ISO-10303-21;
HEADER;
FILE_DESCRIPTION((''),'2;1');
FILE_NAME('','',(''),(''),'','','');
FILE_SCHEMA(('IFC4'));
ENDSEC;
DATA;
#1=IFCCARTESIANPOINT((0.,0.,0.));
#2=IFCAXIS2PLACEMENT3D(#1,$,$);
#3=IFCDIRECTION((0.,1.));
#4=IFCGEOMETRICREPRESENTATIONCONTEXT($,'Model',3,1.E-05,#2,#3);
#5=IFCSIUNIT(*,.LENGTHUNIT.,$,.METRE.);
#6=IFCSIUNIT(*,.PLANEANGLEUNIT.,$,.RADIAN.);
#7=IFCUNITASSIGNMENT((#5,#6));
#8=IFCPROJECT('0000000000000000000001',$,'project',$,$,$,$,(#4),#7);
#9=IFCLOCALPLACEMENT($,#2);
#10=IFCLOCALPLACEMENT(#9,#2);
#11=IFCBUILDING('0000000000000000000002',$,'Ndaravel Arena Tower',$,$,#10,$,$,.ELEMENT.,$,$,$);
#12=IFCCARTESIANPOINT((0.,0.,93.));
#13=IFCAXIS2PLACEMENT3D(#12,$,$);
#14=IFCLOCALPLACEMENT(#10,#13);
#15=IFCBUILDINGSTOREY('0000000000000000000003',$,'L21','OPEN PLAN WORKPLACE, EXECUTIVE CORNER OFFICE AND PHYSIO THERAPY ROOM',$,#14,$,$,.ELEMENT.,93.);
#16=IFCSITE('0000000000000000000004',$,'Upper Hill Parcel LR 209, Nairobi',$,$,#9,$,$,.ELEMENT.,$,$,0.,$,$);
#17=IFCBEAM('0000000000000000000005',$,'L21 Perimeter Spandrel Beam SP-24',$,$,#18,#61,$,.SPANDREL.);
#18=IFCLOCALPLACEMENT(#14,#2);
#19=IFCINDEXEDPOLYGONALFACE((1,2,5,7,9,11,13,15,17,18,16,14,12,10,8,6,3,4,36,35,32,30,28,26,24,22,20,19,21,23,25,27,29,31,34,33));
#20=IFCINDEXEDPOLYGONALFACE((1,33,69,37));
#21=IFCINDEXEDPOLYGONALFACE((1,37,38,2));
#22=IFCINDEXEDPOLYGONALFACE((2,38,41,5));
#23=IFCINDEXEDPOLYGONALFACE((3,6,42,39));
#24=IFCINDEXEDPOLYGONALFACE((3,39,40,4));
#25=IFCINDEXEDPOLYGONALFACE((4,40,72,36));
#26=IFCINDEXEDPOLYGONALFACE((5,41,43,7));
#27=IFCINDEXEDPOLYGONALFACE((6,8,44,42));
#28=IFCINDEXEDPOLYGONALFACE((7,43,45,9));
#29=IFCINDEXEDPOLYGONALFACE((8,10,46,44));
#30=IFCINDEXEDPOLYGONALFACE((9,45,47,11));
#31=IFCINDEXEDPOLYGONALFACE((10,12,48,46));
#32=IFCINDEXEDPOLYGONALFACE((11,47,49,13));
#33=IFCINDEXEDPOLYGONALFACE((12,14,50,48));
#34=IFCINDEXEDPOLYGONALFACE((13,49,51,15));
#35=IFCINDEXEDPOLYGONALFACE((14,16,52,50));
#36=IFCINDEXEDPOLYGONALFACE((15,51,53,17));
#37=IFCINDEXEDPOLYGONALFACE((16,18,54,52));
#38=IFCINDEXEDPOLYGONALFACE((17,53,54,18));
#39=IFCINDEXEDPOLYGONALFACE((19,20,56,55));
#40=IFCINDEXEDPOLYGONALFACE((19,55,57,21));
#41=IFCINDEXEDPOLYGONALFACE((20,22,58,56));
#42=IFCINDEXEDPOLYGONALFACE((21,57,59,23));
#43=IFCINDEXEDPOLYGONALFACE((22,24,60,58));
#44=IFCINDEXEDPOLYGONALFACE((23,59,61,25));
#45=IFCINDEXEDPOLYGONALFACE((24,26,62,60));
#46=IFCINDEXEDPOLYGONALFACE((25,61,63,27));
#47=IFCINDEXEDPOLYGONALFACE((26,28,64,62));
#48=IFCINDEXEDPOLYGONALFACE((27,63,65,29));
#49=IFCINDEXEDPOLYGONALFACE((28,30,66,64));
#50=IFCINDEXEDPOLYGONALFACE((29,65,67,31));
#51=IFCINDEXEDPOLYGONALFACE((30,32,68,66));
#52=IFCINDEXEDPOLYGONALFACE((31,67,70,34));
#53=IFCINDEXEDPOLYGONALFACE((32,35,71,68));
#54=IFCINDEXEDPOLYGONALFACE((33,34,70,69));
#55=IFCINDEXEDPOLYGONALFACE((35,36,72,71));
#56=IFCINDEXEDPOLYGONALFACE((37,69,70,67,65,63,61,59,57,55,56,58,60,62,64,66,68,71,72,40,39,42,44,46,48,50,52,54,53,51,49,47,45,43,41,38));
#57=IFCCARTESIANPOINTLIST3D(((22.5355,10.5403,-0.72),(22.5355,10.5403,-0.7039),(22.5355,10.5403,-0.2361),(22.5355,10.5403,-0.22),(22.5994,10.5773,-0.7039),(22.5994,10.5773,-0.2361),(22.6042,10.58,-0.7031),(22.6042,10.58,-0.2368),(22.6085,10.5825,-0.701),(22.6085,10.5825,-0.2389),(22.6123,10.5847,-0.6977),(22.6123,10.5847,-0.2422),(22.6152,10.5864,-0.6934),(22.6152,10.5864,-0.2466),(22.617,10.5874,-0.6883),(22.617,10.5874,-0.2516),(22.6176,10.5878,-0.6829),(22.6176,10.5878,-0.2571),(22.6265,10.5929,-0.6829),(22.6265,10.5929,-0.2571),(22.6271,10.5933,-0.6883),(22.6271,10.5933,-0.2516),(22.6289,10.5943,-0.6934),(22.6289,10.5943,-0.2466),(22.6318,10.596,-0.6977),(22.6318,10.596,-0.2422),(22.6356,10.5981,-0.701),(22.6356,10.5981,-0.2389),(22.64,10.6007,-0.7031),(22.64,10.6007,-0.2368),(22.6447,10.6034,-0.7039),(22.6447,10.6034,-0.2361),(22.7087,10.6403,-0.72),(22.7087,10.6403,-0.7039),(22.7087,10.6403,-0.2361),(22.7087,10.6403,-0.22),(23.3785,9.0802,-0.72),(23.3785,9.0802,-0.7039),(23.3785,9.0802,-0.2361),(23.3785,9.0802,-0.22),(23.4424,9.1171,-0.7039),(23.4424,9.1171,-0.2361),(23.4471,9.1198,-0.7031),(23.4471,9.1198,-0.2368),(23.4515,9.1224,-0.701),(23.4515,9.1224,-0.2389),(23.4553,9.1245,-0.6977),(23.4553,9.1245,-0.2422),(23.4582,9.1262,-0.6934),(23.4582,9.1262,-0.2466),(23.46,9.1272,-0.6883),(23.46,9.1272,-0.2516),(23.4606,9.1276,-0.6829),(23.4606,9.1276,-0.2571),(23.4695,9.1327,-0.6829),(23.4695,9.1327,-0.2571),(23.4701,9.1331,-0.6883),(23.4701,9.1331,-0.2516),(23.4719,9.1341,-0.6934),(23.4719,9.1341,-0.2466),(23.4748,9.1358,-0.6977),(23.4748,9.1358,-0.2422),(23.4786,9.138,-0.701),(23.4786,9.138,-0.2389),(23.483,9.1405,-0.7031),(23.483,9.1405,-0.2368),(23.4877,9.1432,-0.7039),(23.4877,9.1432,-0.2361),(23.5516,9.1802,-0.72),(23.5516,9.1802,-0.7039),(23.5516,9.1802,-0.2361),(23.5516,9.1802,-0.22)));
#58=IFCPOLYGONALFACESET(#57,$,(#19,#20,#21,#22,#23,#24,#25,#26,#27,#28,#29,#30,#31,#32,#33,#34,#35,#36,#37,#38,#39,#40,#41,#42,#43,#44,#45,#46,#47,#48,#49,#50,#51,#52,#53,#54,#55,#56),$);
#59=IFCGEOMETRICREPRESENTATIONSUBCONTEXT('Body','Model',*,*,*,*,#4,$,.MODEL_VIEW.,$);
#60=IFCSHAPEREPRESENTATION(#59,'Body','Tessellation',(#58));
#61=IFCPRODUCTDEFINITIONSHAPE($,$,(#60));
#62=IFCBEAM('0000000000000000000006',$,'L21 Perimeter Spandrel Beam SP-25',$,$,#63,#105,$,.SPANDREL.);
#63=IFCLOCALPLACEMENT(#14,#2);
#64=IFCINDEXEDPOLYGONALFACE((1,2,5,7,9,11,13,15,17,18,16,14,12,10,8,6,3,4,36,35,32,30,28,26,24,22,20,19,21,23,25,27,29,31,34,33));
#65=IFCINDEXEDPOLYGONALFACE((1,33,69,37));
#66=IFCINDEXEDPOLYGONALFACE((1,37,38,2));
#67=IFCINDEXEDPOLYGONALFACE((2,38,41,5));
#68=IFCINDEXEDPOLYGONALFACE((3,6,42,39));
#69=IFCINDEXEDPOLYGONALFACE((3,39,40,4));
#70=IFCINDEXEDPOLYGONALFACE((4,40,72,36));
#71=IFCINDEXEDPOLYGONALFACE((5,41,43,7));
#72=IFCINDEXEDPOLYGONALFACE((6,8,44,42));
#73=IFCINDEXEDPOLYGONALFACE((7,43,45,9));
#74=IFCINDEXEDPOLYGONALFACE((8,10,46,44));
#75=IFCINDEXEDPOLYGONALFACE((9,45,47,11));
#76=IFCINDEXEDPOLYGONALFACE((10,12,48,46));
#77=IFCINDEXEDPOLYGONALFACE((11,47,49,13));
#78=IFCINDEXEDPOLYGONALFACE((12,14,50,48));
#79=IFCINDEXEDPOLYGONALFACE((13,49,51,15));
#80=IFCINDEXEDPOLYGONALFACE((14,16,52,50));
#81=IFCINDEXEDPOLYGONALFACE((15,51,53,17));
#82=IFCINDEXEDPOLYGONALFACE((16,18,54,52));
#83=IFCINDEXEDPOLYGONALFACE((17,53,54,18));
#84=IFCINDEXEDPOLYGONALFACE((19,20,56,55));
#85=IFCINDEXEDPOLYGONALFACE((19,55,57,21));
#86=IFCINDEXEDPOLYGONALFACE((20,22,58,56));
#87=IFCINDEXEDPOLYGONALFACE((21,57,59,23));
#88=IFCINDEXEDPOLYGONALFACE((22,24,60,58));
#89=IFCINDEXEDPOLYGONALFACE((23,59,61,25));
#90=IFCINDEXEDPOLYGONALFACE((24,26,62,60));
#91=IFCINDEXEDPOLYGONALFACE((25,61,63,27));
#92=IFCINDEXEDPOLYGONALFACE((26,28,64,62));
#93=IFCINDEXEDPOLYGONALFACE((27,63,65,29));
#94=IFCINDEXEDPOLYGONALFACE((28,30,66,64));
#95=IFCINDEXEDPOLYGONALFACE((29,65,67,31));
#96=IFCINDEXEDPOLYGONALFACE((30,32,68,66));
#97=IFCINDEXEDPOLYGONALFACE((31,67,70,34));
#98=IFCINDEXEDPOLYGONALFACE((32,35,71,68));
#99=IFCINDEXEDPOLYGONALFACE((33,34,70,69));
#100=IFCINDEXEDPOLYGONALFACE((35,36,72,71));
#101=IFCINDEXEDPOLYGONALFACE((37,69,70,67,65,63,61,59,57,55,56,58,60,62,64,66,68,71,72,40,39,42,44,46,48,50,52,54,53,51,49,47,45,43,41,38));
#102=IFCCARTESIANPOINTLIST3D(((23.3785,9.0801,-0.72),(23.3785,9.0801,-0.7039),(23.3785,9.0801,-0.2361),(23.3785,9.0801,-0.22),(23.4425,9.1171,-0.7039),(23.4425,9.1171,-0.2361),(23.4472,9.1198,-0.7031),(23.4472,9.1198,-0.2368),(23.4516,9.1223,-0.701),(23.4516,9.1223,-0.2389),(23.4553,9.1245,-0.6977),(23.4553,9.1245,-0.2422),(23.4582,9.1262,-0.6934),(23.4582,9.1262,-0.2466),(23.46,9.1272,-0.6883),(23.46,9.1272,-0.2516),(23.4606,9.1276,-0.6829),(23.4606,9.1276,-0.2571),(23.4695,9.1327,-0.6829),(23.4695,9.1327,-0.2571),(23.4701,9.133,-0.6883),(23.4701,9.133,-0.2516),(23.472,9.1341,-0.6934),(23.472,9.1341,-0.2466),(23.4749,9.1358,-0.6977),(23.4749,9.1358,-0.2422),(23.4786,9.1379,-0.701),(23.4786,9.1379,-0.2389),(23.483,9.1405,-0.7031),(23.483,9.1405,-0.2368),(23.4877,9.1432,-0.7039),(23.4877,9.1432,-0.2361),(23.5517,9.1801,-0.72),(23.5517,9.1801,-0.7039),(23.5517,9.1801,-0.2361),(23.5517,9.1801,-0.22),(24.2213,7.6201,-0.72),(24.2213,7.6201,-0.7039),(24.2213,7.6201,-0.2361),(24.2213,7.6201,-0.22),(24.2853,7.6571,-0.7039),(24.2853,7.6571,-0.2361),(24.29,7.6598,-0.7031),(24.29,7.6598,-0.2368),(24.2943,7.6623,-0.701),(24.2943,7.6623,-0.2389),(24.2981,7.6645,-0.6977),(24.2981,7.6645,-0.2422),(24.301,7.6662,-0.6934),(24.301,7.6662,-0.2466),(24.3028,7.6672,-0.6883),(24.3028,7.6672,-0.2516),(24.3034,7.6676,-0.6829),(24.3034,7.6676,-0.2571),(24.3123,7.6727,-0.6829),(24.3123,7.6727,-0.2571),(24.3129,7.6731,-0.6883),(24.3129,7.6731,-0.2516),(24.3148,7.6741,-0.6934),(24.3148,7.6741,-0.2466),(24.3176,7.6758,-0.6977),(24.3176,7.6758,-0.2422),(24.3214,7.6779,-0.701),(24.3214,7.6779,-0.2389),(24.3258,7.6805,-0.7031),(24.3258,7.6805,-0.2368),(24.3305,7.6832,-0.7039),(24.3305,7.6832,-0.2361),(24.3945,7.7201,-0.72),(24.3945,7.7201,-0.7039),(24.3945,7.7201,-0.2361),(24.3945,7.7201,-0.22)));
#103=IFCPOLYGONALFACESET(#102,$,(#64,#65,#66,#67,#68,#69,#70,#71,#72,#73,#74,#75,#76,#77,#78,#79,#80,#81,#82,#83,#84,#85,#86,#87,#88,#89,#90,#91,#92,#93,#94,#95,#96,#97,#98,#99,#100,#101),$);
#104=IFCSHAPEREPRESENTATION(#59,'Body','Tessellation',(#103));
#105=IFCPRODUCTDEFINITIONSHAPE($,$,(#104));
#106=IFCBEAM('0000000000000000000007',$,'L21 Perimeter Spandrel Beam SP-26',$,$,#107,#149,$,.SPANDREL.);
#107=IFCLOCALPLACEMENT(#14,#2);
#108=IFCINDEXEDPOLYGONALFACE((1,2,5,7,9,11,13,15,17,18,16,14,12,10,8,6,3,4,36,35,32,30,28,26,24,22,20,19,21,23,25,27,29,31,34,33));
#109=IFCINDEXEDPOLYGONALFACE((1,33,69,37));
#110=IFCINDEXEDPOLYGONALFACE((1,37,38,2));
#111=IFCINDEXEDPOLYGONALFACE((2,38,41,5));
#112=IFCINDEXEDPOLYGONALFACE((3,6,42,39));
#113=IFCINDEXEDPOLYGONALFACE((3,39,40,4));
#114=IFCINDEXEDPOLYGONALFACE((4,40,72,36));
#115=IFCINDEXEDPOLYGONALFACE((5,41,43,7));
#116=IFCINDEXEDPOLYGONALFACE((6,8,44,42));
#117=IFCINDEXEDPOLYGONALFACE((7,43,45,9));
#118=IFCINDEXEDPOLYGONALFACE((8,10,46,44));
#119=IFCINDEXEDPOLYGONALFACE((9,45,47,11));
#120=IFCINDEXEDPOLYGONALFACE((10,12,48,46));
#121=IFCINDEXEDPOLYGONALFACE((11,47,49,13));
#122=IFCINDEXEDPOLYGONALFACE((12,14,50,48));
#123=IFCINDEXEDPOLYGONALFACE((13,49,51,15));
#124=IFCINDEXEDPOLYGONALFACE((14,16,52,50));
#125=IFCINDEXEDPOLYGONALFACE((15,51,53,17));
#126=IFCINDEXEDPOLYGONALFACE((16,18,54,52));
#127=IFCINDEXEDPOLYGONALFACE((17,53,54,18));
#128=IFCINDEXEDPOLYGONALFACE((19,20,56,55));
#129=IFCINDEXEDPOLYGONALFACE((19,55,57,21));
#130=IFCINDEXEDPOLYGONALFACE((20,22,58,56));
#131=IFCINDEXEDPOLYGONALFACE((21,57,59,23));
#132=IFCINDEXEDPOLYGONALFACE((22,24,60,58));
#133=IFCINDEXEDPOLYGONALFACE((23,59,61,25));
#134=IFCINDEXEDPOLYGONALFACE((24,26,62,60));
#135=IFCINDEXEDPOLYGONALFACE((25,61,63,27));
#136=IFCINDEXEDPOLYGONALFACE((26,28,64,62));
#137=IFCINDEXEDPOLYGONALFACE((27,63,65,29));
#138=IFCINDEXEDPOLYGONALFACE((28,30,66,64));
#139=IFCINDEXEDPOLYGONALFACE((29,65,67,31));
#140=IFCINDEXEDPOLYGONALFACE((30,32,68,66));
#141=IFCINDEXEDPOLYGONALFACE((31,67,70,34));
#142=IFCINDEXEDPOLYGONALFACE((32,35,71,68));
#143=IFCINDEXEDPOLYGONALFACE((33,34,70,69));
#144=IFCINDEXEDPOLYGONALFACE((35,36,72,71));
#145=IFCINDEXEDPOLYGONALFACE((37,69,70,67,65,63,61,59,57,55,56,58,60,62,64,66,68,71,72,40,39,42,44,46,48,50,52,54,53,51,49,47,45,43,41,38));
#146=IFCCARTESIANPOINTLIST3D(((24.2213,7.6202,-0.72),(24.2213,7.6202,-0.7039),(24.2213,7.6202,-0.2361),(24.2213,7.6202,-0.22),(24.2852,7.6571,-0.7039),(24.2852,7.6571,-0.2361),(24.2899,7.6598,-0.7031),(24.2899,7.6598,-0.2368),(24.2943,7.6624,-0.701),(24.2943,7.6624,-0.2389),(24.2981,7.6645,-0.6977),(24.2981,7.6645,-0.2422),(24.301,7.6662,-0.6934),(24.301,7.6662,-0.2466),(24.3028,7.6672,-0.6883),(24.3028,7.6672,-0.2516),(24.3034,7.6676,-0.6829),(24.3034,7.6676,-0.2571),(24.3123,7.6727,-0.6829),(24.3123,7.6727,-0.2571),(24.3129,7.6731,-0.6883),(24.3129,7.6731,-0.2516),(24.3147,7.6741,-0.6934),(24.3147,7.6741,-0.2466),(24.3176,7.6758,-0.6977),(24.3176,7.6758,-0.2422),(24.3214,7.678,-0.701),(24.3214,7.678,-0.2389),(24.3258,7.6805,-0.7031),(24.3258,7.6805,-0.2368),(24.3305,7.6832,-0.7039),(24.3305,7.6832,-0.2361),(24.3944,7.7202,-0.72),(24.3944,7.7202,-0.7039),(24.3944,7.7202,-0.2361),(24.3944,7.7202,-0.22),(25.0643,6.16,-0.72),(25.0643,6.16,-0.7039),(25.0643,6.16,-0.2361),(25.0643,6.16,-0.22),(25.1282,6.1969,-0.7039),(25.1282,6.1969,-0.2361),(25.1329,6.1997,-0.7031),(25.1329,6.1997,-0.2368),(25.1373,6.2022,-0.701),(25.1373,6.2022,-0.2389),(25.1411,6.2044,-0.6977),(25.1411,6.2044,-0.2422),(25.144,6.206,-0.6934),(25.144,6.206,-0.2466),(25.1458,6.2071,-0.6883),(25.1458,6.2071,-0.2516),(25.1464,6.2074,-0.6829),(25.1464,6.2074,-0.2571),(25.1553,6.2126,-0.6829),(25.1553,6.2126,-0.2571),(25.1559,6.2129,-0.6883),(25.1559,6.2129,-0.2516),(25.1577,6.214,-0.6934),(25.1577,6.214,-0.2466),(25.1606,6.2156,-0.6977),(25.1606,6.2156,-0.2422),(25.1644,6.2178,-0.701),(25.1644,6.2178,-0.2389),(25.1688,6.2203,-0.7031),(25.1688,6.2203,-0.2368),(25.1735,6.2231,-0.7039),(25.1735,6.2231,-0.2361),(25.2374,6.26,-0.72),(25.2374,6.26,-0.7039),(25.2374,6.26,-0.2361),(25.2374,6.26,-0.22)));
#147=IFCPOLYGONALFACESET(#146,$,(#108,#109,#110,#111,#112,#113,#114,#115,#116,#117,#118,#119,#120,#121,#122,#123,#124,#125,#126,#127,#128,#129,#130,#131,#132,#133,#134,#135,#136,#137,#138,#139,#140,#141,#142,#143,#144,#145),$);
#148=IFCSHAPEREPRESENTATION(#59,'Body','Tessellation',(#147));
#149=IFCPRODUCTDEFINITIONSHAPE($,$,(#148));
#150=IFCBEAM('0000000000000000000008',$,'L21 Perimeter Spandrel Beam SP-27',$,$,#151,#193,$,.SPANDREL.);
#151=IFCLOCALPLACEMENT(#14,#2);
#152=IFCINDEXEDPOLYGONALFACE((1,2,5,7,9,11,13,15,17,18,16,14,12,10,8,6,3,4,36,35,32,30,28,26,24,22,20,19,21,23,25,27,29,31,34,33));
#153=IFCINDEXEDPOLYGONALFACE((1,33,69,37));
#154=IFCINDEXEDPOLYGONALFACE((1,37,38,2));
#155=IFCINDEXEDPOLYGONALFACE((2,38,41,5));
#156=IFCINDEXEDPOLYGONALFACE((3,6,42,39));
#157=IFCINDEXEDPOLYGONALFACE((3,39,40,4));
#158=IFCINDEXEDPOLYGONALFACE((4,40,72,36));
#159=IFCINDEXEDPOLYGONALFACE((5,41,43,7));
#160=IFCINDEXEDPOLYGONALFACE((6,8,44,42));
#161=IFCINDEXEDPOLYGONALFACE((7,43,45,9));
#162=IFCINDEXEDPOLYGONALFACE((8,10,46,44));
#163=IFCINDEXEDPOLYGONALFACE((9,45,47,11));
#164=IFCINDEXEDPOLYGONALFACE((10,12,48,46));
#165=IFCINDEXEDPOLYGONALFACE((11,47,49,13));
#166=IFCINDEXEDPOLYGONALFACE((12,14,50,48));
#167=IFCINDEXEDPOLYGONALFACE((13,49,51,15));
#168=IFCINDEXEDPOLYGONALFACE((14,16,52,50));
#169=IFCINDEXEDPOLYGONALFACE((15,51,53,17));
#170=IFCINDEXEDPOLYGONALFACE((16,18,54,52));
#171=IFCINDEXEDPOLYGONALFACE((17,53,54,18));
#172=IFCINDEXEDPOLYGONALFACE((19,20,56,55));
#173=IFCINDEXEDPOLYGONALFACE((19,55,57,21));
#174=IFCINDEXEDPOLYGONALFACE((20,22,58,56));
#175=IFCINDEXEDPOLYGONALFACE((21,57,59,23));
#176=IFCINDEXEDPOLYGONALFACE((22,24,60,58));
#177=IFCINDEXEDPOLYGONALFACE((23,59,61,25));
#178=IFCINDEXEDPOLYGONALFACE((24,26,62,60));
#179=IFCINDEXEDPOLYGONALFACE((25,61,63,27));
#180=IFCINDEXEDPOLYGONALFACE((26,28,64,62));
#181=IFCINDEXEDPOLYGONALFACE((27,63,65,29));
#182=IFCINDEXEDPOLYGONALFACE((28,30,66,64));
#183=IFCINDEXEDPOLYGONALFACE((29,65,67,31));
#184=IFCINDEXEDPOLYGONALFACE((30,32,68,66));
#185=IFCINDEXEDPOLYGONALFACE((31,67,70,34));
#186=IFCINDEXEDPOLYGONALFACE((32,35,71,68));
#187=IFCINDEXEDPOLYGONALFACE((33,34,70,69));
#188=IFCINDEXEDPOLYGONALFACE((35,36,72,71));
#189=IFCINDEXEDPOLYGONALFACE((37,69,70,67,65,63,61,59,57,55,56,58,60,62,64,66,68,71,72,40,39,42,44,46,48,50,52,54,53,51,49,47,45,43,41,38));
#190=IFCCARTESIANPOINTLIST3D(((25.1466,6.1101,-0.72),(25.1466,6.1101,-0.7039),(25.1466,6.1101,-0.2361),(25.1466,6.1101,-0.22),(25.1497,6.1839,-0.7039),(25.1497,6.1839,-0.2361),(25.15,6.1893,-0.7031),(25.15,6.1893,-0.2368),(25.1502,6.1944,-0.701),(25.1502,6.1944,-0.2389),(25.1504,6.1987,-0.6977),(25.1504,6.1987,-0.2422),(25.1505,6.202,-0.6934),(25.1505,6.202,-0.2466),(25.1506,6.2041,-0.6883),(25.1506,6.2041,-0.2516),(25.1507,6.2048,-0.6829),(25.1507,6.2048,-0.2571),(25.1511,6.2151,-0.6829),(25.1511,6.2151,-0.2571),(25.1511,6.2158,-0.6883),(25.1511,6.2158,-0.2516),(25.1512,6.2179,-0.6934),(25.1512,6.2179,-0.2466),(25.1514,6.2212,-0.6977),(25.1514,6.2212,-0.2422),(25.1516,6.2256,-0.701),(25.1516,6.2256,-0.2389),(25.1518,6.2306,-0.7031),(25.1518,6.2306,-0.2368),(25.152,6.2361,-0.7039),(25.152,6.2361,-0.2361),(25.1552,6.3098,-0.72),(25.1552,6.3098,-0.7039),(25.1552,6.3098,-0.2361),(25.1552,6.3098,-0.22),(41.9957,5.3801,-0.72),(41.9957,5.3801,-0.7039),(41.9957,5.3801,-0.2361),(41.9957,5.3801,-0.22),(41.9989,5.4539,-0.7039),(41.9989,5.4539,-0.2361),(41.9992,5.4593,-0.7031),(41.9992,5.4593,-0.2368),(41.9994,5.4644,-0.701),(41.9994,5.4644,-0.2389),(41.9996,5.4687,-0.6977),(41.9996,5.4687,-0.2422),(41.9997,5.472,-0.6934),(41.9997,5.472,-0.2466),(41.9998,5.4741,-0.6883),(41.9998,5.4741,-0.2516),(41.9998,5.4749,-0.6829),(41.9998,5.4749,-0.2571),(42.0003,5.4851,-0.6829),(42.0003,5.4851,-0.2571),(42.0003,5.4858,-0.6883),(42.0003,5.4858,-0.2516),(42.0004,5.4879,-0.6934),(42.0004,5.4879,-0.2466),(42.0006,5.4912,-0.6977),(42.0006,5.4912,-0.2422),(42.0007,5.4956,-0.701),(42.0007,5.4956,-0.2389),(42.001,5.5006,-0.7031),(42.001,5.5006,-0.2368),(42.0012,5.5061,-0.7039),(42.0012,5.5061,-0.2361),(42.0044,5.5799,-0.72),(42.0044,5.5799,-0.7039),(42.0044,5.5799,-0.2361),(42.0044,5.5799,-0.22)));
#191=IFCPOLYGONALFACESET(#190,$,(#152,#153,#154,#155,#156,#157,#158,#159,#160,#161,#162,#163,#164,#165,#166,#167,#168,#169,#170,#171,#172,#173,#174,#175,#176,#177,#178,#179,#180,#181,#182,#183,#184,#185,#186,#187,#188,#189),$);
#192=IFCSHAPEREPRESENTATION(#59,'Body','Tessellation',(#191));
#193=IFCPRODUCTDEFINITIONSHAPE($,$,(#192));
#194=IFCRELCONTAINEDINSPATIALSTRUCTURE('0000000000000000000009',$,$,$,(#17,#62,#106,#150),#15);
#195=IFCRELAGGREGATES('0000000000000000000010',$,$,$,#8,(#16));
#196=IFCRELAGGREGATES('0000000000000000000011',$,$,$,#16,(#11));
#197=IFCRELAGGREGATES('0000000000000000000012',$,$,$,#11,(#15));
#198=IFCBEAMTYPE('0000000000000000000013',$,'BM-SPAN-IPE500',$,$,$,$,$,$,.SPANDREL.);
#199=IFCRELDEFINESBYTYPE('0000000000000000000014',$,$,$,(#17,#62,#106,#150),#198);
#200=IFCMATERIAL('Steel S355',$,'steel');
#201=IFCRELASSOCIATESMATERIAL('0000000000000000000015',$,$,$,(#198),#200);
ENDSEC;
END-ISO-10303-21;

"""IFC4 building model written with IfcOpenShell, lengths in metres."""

from ifc_helpers import new_model, si_unit, direction, frame, origin, origin_2d, place, context, subcontext, project, spatial, i_section, extrude, material, material_profile, profile_set, type_object, element, save


model = new_model("IFC4")

# Units and contexts
model_context = context("Model", 3, precision=1e-05, world=origin(), true_north=direction((0.0, 1.0)))
body_context = subcontext(model_context, "Body", "Model", "MODEL_VIEW")
ifc_project = project(units=[si_unit("LENGTHUNIT", "METRE"), si_unit("PLANEANGLEUNIT", "RADIAN")], contexts=[model_context])

# Site, building, storey
site_placement = place(None, origin())
site = spatial("IfcSite", under=ifc_project, at=site_placement, Name="Upper Hill Parcel LR 209, Nairobi", CompositionType="ELEMENT", RefElevation=0.0)
building_placement = place(site_placement, origin())
building = spatial("IfcBuilding", under=site, at=building_placement, Name="Ndaravel Arena Tower", CompositionType="ELEMENT")
storey_placement = place(building_placement, frame((0.0, 0.0, 93.0)))
storey = spatial("IfcBuildingStorey", under=building, at=storey_placement, Name="L21", Description="OPEN PLAN WORKPLACE, EXECUTIVE CORNER OFFICE AND PHYSIO THERAPY ROOM", CompositionType="ELEMENT", Elevation=93.0)

# Beams
ifc_material_1 = material(Name="Steel S355", Category="steel")
ifc_material_profile_1 = material_profile(ifc_material_1, i_section(OverallWidth=0.2, OverallDepth=0.5, WebThickness=0.0103, FlangeThickness=0.0161, FilletRadius=0.021, at=origin_2d()), Name="IPE 500")
ifc_profile_set_1 = profile_set([ifc_material_profile_1], Name="Steel S355")
beam_type = type_object("IfcBeamType", Name="BM-SPAN-IPE500", PredefinedType="SPANDREL", material=ifc_profile_set_1)
beam_1_placement = place(storey_placement, frame((22.6221, 10.5903, -0.47), z_axis=(0.499986, -0.866034, 0.0), x_axis=(0.866034, 0.499986, 0.0)))
element("IfcBeam", 1, at=beam_1_placement, inside=storey, type_object=beam_type, Name="L21 Perimeter Spandrel Beam SP-24", PredefinedType="SPANDREL", context=body_context, shape_type="SweptSolid", body=[
    extrude(i_section(OverallWidth=0.2, OverallDepth=0.5, WebThickness=0.0103, FlangeThickness=0.0161, FilletRadius=0.021, at=origin_2d()), origin(), (0.0, 0.0, 1.0), 1.686),
])
beam_2_placement = place(storey_placement, frame((23.4651, 9.1301, -0.47), z_axis=(0.49994, -0.86606, 0.0), x_axis=(0.86606, 0.49994, 0.0)))
element("IfcBeam", 2, at=beam_2_placement, inside=storey, type_object=beam_type, Name="L21 Perimeter Spandrel Beam SP-25", PredefinedType="SPANDREL", context=body_context, shape_type="SweptSolid", body=[
    extrude(i_section(OverallWidth=0.2, OverallDepth=0.5, WebThickness=0.0103, FlangeThickness=0.0161, FilletRadius=0.021, at=origin_2d()), origin(), (0.0, 0.0, 1.0), 1.6858),
])
beam_3_placement = place(storey_placement, frame((24.3079, 7.6702, -0.47), z_axis=(0.499986, -0.866034, 0.0), x_axis=(0.866034, 0.499986, 0.0)))
element("IfcBeam", 3, at=beam_3_placement, inside=storey, type_object=beam_type, Name="L21 Perimeter Spandrel Beam SP-26", PredefinedType="SPANDREL", context=body_context, shape_type="SweptSolid", body=[
    extrude(i_section(OverallWidth=0.2, OverallDepth=0.5, WebThickness=0.0103, FlangeThickness=0.0161, FilletRadius=0.021, at=origin_2d()), origin(), (0.0, 0.0, 1.0), 1.686),
])
beam_4_placement = place(storey_placement, frame((25.1509, 6.21, -0.47), z_axis=(0.999063, -0.043284, 0.0), x_axis=(0.043284, 0.999063, 0.0)))
element("IfcBeam", 4, at=beam_4_placement, inside=storey, type_object=beam_type, Name="L21 Perimeter Spandrel Beam SP-27", PredefinedType="SPANDREL", context=body_context, shape_type="SweptSolid", body=[
    extrude(i_section(OverallWidth=0.2, OverallDepth=0.5, WebThickness=0.0103, FlangeThickness=0.0161, FilletRadius=0.021, at=origin_2d()), origin(), (0.0, 0.0, 1.0), 16.865),
])

save(model, "model.ifc")
